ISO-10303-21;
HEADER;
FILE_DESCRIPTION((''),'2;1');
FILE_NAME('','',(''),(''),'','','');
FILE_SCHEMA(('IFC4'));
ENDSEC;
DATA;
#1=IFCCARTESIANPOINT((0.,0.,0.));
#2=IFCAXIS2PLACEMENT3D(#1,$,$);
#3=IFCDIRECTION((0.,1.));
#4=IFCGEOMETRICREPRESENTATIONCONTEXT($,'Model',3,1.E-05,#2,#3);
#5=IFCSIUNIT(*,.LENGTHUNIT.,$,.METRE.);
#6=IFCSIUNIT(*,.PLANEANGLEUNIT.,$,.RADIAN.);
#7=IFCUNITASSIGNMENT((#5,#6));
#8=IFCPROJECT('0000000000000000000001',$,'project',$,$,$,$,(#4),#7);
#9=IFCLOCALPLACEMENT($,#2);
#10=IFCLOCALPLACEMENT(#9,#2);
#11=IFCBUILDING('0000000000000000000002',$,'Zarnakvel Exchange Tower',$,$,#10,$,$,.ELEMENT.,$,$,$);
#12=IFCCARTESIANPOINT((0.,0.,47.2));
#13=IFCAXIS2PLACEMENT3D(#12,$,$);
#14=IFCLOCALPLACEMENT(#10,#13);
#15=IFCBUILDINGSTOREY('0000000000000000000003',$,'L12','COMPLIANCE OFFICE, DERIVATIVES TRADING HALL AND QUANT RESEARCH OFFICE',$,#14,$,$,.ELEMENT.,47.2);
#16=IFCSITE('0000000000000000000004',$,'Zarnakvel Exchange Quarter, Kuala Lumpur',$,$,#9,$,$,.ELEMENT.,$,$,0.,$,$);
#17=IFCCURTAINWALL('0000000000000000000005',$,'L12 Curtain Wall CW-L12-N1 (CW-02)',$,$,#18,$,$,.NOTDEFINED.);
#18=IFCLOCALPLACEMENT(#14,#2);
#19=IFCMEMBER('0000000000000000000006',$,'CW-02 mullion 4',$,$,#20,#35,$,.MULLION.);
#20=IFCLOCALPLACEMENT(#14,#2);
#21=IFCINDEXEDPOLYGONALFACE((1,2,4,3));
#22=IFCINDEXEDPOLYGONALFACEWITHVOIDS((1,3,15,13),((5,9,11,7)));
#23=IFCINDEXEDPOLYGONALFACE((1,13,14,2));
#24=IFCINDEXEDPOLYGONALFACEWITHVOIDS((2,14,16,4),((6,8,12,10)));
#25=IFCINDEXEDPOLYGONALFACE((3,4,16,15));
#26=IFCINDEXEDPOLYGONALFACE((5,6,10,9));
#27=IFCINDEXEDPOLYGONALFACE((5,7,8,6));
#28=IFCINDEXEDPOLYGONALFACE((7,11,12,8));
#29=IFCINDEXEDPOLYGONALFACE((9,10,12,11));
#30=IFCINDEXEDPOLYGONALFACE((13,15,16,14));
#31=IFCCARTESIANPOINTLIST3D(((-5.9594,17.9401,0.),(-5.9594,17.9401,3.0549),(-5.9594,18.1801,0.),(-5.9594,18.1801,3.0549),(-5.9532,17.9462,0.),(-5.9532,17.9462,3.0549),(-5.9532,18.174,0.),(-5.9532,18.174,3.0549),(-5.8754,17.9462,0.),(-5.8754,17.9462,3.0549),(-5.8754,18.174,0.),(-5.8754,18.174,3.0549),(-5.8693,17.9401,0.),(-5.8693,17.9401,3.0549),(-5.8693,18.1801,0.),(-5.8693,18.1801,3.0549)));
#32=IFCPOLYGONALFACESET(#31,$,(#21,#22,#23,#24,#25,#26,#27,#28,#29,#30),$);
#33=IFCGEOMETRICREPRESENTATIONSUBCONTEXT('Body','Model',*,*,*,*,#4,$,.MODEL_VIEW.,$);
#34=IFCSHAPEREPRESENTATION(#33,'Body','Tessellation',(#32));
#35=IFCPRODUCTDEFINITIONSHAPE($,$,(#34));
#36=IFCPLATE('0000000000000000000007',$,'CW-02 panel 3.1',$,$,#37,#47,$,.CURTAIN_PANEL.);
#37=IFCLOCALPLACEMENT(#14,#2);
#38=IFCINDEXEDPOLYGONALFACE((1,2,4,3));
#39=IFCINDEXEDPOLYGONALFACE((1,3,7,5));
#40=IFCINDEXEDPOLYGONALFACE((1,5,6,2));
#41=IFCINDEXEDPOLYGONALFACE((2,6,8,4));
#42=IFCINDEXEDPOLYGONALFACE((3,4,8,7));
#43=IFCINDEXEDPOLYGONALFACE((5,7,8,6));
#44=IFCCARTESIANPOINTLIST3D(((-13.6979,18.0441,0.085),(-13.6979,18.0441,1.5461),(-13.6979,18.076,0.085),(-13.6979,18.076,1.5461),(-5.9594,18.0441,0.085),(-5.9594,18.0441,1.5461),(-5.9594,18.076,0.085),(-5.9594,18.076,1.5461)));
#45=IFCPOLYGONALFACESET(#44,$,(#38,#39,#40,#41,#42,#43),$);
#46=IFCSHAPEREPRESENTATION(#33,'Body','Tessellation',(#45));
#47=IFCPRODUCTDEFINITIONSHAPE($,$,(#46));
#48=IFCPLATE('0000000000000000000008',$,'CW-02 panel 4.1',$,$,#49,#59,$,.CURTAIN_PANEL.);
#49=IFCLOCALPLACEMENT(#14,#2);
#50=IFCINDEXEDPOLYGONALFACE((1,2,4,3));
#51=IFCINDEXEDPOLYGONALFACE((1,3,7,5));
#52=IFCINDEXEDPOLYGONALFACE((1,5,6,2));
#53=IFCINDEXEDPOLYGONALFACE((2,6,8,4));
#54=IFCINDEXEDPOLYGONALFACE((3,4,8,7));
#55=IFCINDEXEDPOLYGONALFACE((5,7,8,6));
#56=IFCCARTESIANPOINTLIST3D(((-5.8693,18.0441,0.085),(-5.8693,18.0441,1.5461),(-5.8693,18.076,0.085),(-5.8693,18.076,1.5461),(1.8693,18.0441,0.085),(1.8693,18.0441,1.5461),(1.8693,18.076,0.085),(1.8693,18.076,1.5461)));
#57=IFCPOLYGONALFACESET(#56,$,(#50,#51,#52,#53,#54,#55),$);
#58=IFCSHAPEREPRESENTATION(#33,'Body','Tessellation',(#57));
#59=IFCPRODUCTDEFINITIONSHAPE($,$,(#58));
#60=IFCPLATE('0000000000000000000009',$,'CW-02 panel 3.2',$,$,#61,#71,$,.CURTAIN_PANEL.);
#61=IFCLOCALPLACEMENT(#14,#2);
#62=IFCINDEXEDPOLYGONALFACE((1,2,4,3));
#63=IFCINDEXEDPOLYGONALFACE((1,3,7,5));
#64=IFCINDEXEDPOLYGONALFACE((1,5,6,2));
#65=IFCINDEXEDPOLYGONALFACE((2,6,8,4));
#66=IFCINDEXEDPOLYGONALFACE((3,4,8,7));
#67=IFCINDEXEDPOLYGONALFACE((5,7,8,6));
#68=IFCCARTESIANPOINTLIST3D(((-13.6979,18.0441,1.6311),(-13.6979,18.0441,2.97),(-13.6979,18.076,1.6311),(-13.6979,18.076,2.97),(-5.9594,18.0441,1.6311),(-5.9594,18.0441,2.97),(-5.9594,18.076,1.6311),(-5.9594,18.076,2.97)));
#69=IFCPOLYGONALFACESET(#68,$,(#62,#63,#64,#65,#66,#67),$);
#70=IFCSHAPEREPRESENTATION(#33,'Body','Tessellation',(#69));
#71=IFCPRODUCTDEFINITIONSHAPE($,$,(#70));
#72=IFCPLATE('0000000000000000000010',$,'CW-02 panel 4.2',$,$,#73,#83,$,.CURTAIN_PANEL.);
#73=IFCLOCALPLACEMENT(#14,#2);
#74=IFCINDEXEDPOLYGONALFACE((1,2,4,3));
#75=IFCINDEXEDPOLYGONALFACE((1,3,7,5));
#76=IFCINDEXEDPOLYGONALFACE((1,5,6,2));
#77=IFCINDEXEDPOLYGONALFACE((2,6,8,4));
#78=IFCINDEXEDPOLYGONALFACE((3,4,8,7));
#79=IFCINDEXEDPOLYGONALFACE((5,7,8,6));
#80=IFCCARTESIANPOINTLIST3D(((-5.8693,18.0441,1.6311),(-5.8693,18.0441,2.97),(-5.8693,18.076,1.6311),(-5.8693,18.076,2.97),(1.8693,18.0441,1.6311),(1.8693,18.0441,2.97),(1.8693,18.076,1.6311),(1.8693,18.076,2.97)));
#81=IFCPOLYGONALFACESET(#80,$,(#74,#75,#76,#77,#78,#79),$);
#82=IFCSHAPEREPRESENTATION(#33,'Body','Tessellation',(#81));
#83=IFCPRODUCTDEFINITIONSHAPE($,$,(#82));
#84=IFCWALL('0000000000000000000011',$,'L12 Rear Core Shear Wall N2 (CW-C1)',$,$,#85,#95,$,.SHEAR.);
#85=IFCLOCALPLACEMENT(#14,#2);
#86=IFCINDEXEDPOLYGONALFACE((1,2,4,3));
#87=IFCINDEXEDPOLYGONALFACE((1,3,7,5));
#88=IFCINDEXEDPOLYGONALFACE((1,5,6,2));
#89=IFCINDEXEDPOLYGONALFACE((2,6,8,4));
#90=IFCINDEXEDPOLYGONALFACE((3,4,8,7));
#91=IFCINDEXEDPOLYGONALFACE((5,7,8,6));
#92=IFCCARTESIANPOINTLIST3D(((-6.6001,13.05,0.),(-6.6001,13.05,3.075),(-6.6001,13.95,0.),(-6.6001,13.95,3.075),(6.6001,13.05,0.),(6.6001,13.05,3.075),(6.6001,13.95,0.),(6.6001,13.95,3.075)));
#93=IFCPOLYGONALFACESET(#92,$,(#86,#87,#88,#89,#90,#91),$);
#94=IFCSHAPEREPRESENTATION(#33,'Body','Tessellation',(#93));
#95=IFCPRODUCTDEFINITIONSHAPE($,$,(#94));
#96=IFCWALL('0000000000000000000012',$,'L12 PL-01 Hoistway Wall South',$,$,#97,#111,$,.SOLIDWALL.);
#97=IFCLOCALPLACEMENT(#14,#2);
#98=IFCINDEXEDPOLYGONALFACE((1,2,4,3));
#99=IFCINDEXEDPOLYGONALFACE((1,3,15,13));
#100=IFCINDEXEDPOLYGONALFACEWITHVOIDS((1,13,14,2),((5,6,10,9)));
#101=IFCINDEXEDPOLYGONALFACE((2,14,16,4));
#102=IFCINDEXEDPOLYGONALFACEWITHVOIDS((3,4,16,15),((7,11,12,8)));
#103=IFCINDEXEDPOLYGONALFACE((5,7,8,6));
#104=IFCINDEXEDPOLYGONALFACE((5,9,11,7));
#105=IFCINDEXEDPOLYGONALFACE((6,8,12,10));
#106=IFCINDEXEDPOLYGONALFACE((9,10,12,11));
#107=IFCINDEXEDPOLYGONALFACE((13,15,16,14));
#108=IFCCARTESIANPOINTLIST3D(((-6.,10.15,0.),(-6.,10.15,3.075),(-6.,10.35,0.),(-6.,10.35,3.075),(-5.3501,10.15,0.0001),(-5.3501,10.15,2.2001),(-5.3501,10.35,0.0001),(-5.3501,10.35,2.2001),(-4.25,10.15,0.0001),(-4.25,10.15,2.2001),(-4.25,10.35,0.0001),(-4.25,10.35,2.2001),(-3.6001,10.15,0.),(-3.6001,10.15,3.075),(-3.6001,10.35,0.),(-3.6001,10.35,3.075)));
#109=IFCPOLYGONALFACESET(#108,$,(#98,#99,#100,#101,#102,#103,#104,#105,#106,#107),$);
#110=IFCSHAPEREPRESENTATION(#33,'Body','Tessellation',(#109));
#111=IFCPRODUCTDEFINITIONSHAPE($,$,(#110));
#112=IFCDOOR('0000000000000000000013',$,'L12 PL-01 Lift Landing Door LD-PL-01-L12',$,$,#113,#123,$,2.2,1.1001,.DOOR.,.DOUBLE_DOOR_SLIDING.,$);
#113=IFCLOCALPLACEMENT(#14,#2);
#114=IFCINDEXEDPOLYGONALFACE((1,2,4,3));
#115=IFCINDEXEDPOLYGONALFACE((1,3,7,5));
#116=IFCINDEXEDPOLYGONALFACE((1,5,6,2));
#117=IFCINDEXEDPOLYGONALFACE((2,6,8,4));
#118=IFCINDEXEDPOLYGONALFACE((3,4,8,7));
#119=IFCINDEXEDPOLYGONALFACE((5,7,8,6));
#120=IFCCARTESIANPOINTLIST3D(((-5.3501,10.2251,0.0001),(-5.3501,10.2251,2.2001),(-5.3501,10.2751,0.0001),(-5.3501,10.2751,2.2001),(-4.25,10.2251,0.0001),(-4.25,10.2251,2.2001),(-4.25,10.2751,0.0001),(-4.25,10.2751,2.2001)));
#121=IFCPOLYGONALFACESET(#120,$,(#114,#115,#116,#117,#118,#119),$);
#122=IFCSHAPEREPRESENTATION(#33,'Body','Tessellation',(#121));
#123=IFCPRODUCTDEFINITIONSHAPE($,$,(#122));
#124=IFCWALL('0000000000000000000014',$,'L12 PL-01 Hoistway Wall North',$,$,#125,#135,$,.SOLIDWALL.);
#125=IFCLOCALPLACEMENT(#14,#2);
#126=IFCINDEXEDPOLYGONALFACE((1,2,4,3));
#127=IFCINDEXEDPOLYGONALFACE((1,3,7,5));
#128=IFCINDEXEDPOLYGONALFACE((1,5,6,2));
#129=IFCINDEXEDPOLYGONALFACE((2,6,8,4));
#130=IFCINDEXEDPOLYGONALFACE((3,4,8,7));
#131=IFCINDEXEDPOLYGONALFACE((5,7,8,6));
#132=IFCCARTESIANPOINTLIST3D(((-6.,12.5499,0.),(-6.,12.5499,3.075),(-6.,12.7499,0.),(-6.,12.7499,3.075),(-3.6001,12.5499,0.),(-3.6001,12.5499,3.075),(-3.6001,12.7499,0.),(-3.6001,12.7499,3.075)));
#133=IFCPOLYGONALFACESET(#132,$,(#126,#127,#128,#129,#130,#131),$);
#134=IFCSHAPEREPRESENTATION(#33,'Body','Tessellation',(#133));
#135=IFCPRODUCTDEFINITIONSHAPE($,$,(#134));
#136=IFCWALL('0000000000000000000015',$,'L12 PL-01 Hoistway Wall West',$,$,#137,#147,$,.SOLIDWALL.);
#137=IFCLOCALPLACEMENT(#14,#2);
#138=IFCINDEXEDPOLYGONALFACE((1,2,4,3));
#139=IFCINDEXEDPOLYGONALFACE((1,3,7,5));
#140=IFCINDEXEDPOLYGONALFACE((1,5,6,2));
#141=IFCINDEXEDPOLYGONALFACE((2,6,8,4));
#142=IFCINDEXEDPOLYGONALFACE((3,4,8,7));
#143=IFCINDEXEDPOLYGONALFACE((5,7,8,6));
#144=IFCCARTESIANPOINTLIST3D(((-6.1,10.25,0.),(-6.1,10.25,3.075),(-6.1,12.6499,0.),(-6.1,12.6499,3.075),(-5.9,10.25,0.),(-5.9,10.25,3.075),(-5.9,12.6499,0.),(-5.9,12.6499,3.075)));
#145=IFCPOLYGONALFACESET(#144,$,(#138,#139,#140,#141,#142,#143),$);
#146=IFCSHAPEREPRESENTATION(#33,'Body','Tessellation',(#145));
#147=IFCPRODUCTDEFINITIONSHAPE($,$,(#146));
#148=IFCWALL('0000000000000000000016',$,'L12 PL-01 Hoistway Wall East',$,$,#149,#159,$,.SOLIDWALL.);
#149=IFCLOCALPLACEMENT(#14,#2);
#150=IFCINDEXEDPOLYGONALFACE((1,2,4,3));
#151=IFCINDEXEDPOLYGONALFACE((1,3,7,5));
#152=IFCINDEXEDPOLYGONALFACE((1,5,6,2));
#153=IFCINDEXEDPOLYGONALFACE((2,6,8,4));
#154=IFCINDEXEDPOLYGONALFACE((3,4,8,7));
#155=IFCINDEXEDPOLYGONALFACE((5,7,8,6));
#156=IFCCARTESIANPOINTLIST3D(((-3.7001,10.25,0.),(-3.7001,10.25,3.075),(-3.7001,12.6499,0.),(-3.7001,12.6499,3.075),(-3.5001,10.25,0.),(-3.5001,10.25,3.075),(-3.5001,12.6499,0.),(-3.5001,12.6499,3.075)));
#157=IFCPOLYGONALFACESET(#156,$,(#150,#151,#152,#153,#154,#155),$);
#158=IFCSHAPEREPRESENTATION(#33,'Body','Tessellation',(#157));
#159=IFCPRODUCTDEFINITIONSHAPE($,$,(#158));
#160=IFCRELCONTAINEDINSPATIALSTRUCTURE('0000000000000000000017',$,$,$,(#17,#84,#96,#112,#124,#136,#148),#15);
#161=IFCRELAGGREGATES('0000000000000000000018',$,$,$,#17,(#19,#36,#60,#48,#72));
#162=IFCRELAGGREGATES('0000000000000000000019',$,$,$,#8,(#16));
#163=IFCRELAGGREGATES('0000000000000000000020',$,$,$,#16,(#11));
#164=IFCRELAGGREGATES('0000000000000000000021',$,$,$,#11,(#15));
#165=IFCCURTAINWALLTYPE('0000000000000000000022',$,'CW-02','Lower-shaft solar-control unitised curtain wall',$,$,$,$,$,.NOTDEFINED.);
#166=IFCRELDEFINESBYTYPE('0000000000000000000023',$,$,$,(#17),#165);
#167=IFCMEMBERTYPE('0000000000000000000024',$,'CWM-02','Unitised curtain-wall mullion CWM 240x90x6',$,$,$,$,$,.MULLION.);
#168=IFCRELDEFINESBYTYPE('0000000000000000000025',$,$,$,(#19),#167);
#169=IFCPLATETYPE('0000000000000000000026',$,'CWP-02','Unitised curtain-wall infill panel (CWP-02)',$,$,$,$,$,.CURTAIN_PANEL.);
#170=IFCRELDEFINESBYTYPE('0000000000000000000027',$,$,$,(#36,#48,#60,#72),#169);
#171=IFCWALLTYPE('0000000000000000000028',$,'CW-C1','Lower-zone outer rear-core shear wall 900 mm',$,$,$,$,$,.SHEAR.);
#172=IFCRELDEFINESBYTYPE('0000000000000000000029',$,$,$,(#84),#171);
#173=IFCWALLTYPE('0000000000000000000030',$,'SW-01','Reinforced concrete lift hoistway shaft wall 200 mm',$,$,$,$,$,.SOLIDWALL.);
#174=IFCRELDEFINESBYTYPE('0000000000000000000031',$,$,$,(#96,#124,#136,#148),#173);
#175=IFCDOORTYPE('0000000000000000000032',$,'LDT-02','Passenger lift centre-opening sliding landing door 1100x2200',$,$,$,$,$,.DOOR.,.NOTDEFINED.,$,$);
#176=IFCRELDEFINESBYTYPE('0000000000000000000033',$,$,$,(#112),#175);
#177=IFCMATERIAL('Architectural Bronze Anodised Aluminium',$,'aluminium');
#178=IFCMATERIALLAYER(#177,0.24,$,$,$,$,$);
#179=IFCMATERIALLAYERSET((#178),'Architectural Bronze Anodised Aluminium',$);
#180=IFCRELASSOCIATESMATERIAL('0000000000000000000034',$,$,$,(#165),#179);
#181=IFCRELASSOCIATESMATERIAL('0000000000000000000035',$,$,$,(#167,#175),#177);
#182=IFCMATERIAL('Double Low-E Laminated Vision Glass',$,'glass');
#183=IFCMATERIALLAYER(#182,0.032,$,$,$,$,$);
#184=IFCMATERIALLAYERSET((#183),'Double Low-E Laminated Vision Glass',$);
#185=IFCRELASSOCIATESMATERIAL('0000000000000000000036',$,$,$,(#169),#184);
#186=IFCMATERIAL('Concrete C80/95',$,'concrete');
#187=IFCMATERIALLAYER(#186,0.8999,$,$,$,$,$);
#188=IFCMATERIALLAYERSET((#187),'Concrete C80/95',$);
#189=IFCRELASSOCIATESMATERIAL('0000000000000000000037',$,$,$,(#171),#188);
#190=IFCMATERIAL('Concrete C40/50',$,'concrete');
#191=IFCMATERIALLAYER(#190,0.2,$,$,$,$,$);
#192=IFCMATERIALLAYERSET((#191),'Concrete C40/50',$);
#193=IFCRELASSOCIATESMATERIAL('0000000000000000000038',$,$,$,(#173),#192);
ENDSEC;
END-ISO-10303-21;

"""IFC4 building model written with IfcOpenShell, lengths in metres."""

from ifc_helpers import new_model, si_unit, direction, frame, frame_2d, origin, origin_2d, place, context, subcontext, project, spatial, rectangle, hollow_rectangle, extrude, source, transform, mapped, material, layer, layer_set, material_profile, profile_set, type_object, element, fill, aggregate, save


model = new_model("IFC4")

# Units and contexts
model_context = context("Model", 3, precision=1e-05, world=origin(), true_north=direction((0.0, 1.0)))
body_context = subcontext(model_context, "Body", "Model", "MODEL_VIEW")
ifc_project = project(units=[si_unit("LENGTHUNIT", "METRE"), si_unit("PLANEANGLEUNIT", "RADIAN")], contexts=[model_context])

# Site, building, storey
site_placement = place(None, origin())
site = spatial("IfcSite", under=ifc_project, at=site_placement, Name="Zarnakvel Exchange Quarter, Kuala Lumpur", CompositionType="ELEMENT", RefElevation=0.0)
building_placement = place(site_placement, origin())
building = spatial("IfcBuilding", under=site, at=building_placement, Name="Zarnakvel Exchange Tower", CompositionType="ELEMENT")
storey_placement = place(building_placement, frame((0.0, 0.0, 47.2)))
storey = spatial("IfcBuildingStorey", under=building, at=storey_placement, Name="L12", Description="COMPLIANCE OFFICE, DERIVATIVES TRADING HALL AND QUANT RESEARCH OFFICE", CompositionType="ELEMENT", Elevation=47.2)

# Shared definitions
ifc_material_1 = material(Name="Concrete C80/95", Category="concrete")

# Curtain wall, member, plates
ifc_material_2 = material(Name="Architectural Bronze Anodised Aluminium", Category="aluminium")
ifc_layer_1 = layer(ifc_material_2, 0.24)
ifc_layer_set_1 = layer_set([ifc_layer_1], Name="Architectural Bronze Anodised Aluminium")
curtain_wall_type = type_object("IfcCurtainWallType", Name="CW-02", Description="Lower-shaft solar-control unitised curtain wall", PredefinedType="NOTDEFINED", material=ifc_layer_set_1)
curtain_wall_placement = place(storey_placement, origin())
curtain_wall = element("IfcCurtainWall", 1, at=curtain_wall_placement, inside=storey, type_object=curtain_wall_type, Name="L12 Curtain Wall CW-L12-N1 (CW-02)", PredefinedType="NOTDEFINED")
ifc_material_profile_1 = material_profile(ifc_material_2, hollow_rectangle(XDim=0.24, YDim=0.0901, WallThickness=0.0061, at=origin_2d()))
ifc_profile_set_1 = profile_set([ifc_material_profile_1], Name="Architectural Bronze Anodised Aluminium")
member_type_1 = type_object("IfcMemberType", Name="CWM-02", Description="Unitised curtain-wall mullion CWM 240x90x6", PredefinedType="MULLION", material=ifc_profile_set_1)
shared_shape_1 = source(origin(), body_context, "Body", "SweptSolid", [
    extrude(hollow_rectangle(XDim=0.24, YDim=0.0901, WallThickness=0.0061, at=origin_2d()), origin(), (0.0, 0.0, 1.0), 3.0549),
])
member_1_placement = place(storey_placement, frame((-5.9143, 18.0601, 0.0), z_axis=(0.0, 0.0, 1.0), x_axis=(0.0, 1.0, 0.0)))
member_1 = element("IfcMember", 2, at=member_1_placement, type_object=member_type_1, Name="CW-02 mullion 4", PredefinedType="MULLION", context=body_context, shape_type="MappedRepresentation", body=[
    mapped(shared_shape_1, transform((0.0, 0.0, 0.0), x_axis=(1.0, 0.0, 0.0), y_axis=(0.0, 1.0, 0.0), z_axis=(0.0, 0.0, 1.0), scale=1.0)),
])
ifc_material_3 = material(Name="Double Low-E Laminated Vision Glass", Category="glass")
ifc_layer_2 = layer(ifc_material_3, 0.032)
ifc_layer_set_2 = layer_set([ifc_layer_2], Name="Double Low-E Laminated Vision Glass")
plate_type = type_object("IfcPlateType", Name="CWP-02", Description="Unitised curtain-wall infill panel (CWP-02)", PredefinedType="CURTAIN_PANEL", material=ifc_layer_set_2)
shared_shape_2 = source(origin(), body_context, "Body", "SweptSolid", [
    extrude(rectangle(XDim=7.7385, YDim=0.032, at=origin_2d()), origin(), (0.0, 0.0, 1.0), 1.4612),
])
plate_1_placement = place(storey_placement, frame((-9.8286, 18.0601, 0.085), z_axis=(0.0, 0.0, 1.0), x_axis=(1.0, 0.0, 0.0)))
plate_1 = element("IfcPlate", 3, at=plate_1_placement, type_object=plate_type, Name="CW-02 panel 3.1", PredefinedType="CURTAIN_PANEL", context=body_context, shape_type="MappedRepresentation", body=[
    mapped(shared_shape_2, transform((0.0, 0.0, 0.0), x_axis=(1.0, 0.0, 0.0), y_axis=(0.0, 1.0, 0.0), z_axis=(0.0, 0.0, 1.0), scale=1.0)),
])
plate_2_placement = place(storey_placement, frame((-2.0, 18.0601, 0.085), z_axis=(0.0, 0.0, 1.0), x_axis=(1.0, 0.0, 0.0)))
plate_2 = element("IfcPlate", 4, at=plate_2_placement, type_object=plate_type, Name="CW-02 panel 4.1", PredefinedType="CURTAIN_PANEL", context=body_context, shape_type="MappedRepresentation", body=[
    mapped(shared_shape_2, transform((0.0, 0.0, 0.0), x_axis=(1.0, 0.0, 0.0), y_axis=(0.0, 1.0, 0.0), z_axis=(0.0, 0.0, 1.0), scale=1.0)),
])
shared_shape_3 = source(origin(), body_context, "Body", "SweptSolid", [
    extrude(rectangle(XDim=7.7385, YDim=0.032, at=origin_2d()), origin(), (0.0, 0.0, 1.0), 1.3389),
])
plate_3_placement = place(storey_placement, frame((-9.8286, 18.0601, 1.6311), z_axis=(0.0, 0.0, 1.0), x_axis=(1.0, 0.0, 0.0)))
plate_3 = element("IfcPlate", 5, at=plate_3_placement, type_object=plate_type, Name="CW-02 panel 3.2", PredefinedType="CURTAIN_PANEL", context=body_context, shape_type="MappedRepresentation", body=[
    mapped(shared_shape_3, transform((0.0, 0.0, 0.0), x_axis=(1.0, 0.0, 0.0), y_axis=(0.0, 1.0, 0.0), z_axis=(0.0, 0.0, 1.0), scale=1.0)),
])
plate_4_placement = place(storey_placement, frame((-2.0, 18.0601, 1.6311), z_axis=(0.0, 0.0, 1.0), x_axis=(1.0, 0.0, 0.0)))
plate_4 = element("IfcPlate", 6, at=plate_4_placement, type_object=plate_type, Name="CW-02 panel 4.2", PredefinedType="CURTAIN_PANEL", context=body_context, shape_type="MappedRepresentation", body=[
    mapped(shared_shape_3, transform((0.0, 0.0, 0.0), x_axis=(1.0, 0.0, 0.0), y_axis=(0.0, 1.0, 0.0), z_axis=(0.0, 0.0, 1.0), scale=1.0)),
])
aggregate(curtain_wall, [member_1, plate_1, plate_3, plate_2, plate_4])

# Wall
ifc_layer_3 = layer(ifc_material_1, 0.8999)
ifc_layer_set_3 = layer_set([ifc_layer_3], Name="Concrete C80/95")
wall_type_1 = type_object("IfcWallType", Name="CW-C1", Description="Lower-zone outer rear-core shear wall 900 mm", PredefinedType="SHEAR", material=ifc_layer_set_3)
wall_1_placement = place(storey_placement, frame((-6.6001, 13.5, 0.0), z_axis=(0.0, 0.0, 1.0), x_axis=(1.0, 0.0, 0.0)))
element("IfcWall", 7, at=wall_1_placement, inside=storey, type_object=wall_type_1, Name="L12 Rear Core Shear Wall N2 (CW-C1)", PredefinedType="SHEAR", context=body_context, shape_type="SweptSolid", body=[
    extrude(rectangle(XDim=13.2002, YDim=0.8999, at=frame_2d((6.6001, 0.0))), origin(), (0.0, 0.0, 1.0), 3.075),
])

# Wall, opening, door
ifc_material_4 = material(Name="Concrete C40/50", Category="concrete")
ifc_layer_4 = layer(ifc_material_4, 0.2)
ifc_layer_set_4 = layer_set([ifc_layer_4], Name="Concrete C40/50")
wall_type_2 = type_object("IfcWallType", Name="SW-01", Description="Reinforced concrete lift hoistway shaft wall 200 mm", PredefinedType="SOLIDWALL", material=ifc_layer_set_4)
wall_2_placement = place(storey_placement, frame((-3.6001, 10.25, 0.0), z_axis=(0.0, 0.0, 1.0), x_axis=(-1.0, 0.0, 0.0)))
wall_2 = element("IfcWall", 8, at=wall_2_placement, inside=storey, type_object=wall_type_2, Name="L12 PL-01 Hoistway Wall South", PredefinedType="SOLIDWALL", context=body_context, shape_type="SweptSolid", body=[
    extrude(rectangle(XDim=2.3999, YDim=0.2, at=frame_2d((1.2, 0.0))), origin(), (0.0, 0.0, 1.0), 3.075),
])
opening_1_placement = place(wall_2_placement, frame((0.6499, 0.0, 0.0)))
opening_1 = element("IfcOpeningElement", 9, at=opening_1_placement, cuts=wall_2, PredefinedType="OPENING", context=body_context, shape_type="SweptSolid", body=[
    extrude(rectangle(XDim=1.1001, YDim=2.2, at=frame_2d((0.55, 1.1001))), frame((0.0, 0.1099, 0.0), z_axis=(0.0, -1.0, 0.0), x_axis=(1.0, 0.0, 0.0)), (0.0, 0.0, 1.0), 0.22),
])
door_type = type_object("IfcDoorType", Name="LDT-02", Description="Passenger lift centre-opening sliding landing door 1100x2200", OperationType="NOTDEFINED", PredefinedType="DOOR", material=ifc_material_2)
shared_shape_4 = source(origin(), body_context, "Body", "SweptSolid", [
    extrude(rectangle(XDim=1.1001, YDim=2.2, at=frame_2d((0.55, 1.1001))), frame((0.0, 0.0249, 0.0), z_axis=(0.0, -1.0, 0.0), x_axis=(1.0, 0.0, 0.0)), (0.0, 0.0, 1.0), 0.05),
])
door_1_placement = place(opening_1_placement, origin())
door_1 = element("IfcDoor", 10, at=door_1_placement, inside=storey, type_object=door_type, Name="L12 PL-01 Lift Landing Door LD-PL-01-L12", OperationType="DOUBLE_DOOR_SLIDING", OverallHeight=2.2, OverallWidth=1.1001, PredefinedType="DOOR", context=body_context, shape_type="MappedRepresentation", body=[
    mapped(shared_shape_4, transform((0.0, 0.0, 0.0), x_axis=(1.0, 0.0, 0.0), y_axis=(0.0, 1.0, 0.0), z_axis=(0.0, 0.0, 1.0), scale=1.0)),
])
fill(opening_1, door_1)

# Walls
for number, where, z_axis, x_axis, name in (
    (11, (-6.0, 12.6499, 0.0), (0.0, 0.0, 1.0), (1.0, 0.0, 0.0), "L12 PL-01 Hoistway Wall North"),
    (12, (-6.0, 10.25, 0.0), (0.0, 0.0, 1.0), (0.0, 1.0, 0.0), "L12 PL-01 Hoistway Wall West"),
    (13, (-3.6001, 12.6499, 0.0), (0.0, 0.0, 1.0), (0.0, -1.0, 0.0), "L12 PL-01 Hoistway Wall East"),
):
    element("IfcWall", number, at=place(storey_placement, frame(where, z_axis=z_axis, x_axis=x_axis)), inside=storey, type_object=wall_type_2, Name=name, PredefinedType="SOLIDWALL", context=body_context, shape_type="SweptSolid", body=[
        extrude(rectangle(XDim=2.3999, YDim=0.2, at=frame_2d((1.2, 0.0))), origin(), (0.0, 0.0, 1.0), 3.075),
    ])

save(model, "model.ifc")
